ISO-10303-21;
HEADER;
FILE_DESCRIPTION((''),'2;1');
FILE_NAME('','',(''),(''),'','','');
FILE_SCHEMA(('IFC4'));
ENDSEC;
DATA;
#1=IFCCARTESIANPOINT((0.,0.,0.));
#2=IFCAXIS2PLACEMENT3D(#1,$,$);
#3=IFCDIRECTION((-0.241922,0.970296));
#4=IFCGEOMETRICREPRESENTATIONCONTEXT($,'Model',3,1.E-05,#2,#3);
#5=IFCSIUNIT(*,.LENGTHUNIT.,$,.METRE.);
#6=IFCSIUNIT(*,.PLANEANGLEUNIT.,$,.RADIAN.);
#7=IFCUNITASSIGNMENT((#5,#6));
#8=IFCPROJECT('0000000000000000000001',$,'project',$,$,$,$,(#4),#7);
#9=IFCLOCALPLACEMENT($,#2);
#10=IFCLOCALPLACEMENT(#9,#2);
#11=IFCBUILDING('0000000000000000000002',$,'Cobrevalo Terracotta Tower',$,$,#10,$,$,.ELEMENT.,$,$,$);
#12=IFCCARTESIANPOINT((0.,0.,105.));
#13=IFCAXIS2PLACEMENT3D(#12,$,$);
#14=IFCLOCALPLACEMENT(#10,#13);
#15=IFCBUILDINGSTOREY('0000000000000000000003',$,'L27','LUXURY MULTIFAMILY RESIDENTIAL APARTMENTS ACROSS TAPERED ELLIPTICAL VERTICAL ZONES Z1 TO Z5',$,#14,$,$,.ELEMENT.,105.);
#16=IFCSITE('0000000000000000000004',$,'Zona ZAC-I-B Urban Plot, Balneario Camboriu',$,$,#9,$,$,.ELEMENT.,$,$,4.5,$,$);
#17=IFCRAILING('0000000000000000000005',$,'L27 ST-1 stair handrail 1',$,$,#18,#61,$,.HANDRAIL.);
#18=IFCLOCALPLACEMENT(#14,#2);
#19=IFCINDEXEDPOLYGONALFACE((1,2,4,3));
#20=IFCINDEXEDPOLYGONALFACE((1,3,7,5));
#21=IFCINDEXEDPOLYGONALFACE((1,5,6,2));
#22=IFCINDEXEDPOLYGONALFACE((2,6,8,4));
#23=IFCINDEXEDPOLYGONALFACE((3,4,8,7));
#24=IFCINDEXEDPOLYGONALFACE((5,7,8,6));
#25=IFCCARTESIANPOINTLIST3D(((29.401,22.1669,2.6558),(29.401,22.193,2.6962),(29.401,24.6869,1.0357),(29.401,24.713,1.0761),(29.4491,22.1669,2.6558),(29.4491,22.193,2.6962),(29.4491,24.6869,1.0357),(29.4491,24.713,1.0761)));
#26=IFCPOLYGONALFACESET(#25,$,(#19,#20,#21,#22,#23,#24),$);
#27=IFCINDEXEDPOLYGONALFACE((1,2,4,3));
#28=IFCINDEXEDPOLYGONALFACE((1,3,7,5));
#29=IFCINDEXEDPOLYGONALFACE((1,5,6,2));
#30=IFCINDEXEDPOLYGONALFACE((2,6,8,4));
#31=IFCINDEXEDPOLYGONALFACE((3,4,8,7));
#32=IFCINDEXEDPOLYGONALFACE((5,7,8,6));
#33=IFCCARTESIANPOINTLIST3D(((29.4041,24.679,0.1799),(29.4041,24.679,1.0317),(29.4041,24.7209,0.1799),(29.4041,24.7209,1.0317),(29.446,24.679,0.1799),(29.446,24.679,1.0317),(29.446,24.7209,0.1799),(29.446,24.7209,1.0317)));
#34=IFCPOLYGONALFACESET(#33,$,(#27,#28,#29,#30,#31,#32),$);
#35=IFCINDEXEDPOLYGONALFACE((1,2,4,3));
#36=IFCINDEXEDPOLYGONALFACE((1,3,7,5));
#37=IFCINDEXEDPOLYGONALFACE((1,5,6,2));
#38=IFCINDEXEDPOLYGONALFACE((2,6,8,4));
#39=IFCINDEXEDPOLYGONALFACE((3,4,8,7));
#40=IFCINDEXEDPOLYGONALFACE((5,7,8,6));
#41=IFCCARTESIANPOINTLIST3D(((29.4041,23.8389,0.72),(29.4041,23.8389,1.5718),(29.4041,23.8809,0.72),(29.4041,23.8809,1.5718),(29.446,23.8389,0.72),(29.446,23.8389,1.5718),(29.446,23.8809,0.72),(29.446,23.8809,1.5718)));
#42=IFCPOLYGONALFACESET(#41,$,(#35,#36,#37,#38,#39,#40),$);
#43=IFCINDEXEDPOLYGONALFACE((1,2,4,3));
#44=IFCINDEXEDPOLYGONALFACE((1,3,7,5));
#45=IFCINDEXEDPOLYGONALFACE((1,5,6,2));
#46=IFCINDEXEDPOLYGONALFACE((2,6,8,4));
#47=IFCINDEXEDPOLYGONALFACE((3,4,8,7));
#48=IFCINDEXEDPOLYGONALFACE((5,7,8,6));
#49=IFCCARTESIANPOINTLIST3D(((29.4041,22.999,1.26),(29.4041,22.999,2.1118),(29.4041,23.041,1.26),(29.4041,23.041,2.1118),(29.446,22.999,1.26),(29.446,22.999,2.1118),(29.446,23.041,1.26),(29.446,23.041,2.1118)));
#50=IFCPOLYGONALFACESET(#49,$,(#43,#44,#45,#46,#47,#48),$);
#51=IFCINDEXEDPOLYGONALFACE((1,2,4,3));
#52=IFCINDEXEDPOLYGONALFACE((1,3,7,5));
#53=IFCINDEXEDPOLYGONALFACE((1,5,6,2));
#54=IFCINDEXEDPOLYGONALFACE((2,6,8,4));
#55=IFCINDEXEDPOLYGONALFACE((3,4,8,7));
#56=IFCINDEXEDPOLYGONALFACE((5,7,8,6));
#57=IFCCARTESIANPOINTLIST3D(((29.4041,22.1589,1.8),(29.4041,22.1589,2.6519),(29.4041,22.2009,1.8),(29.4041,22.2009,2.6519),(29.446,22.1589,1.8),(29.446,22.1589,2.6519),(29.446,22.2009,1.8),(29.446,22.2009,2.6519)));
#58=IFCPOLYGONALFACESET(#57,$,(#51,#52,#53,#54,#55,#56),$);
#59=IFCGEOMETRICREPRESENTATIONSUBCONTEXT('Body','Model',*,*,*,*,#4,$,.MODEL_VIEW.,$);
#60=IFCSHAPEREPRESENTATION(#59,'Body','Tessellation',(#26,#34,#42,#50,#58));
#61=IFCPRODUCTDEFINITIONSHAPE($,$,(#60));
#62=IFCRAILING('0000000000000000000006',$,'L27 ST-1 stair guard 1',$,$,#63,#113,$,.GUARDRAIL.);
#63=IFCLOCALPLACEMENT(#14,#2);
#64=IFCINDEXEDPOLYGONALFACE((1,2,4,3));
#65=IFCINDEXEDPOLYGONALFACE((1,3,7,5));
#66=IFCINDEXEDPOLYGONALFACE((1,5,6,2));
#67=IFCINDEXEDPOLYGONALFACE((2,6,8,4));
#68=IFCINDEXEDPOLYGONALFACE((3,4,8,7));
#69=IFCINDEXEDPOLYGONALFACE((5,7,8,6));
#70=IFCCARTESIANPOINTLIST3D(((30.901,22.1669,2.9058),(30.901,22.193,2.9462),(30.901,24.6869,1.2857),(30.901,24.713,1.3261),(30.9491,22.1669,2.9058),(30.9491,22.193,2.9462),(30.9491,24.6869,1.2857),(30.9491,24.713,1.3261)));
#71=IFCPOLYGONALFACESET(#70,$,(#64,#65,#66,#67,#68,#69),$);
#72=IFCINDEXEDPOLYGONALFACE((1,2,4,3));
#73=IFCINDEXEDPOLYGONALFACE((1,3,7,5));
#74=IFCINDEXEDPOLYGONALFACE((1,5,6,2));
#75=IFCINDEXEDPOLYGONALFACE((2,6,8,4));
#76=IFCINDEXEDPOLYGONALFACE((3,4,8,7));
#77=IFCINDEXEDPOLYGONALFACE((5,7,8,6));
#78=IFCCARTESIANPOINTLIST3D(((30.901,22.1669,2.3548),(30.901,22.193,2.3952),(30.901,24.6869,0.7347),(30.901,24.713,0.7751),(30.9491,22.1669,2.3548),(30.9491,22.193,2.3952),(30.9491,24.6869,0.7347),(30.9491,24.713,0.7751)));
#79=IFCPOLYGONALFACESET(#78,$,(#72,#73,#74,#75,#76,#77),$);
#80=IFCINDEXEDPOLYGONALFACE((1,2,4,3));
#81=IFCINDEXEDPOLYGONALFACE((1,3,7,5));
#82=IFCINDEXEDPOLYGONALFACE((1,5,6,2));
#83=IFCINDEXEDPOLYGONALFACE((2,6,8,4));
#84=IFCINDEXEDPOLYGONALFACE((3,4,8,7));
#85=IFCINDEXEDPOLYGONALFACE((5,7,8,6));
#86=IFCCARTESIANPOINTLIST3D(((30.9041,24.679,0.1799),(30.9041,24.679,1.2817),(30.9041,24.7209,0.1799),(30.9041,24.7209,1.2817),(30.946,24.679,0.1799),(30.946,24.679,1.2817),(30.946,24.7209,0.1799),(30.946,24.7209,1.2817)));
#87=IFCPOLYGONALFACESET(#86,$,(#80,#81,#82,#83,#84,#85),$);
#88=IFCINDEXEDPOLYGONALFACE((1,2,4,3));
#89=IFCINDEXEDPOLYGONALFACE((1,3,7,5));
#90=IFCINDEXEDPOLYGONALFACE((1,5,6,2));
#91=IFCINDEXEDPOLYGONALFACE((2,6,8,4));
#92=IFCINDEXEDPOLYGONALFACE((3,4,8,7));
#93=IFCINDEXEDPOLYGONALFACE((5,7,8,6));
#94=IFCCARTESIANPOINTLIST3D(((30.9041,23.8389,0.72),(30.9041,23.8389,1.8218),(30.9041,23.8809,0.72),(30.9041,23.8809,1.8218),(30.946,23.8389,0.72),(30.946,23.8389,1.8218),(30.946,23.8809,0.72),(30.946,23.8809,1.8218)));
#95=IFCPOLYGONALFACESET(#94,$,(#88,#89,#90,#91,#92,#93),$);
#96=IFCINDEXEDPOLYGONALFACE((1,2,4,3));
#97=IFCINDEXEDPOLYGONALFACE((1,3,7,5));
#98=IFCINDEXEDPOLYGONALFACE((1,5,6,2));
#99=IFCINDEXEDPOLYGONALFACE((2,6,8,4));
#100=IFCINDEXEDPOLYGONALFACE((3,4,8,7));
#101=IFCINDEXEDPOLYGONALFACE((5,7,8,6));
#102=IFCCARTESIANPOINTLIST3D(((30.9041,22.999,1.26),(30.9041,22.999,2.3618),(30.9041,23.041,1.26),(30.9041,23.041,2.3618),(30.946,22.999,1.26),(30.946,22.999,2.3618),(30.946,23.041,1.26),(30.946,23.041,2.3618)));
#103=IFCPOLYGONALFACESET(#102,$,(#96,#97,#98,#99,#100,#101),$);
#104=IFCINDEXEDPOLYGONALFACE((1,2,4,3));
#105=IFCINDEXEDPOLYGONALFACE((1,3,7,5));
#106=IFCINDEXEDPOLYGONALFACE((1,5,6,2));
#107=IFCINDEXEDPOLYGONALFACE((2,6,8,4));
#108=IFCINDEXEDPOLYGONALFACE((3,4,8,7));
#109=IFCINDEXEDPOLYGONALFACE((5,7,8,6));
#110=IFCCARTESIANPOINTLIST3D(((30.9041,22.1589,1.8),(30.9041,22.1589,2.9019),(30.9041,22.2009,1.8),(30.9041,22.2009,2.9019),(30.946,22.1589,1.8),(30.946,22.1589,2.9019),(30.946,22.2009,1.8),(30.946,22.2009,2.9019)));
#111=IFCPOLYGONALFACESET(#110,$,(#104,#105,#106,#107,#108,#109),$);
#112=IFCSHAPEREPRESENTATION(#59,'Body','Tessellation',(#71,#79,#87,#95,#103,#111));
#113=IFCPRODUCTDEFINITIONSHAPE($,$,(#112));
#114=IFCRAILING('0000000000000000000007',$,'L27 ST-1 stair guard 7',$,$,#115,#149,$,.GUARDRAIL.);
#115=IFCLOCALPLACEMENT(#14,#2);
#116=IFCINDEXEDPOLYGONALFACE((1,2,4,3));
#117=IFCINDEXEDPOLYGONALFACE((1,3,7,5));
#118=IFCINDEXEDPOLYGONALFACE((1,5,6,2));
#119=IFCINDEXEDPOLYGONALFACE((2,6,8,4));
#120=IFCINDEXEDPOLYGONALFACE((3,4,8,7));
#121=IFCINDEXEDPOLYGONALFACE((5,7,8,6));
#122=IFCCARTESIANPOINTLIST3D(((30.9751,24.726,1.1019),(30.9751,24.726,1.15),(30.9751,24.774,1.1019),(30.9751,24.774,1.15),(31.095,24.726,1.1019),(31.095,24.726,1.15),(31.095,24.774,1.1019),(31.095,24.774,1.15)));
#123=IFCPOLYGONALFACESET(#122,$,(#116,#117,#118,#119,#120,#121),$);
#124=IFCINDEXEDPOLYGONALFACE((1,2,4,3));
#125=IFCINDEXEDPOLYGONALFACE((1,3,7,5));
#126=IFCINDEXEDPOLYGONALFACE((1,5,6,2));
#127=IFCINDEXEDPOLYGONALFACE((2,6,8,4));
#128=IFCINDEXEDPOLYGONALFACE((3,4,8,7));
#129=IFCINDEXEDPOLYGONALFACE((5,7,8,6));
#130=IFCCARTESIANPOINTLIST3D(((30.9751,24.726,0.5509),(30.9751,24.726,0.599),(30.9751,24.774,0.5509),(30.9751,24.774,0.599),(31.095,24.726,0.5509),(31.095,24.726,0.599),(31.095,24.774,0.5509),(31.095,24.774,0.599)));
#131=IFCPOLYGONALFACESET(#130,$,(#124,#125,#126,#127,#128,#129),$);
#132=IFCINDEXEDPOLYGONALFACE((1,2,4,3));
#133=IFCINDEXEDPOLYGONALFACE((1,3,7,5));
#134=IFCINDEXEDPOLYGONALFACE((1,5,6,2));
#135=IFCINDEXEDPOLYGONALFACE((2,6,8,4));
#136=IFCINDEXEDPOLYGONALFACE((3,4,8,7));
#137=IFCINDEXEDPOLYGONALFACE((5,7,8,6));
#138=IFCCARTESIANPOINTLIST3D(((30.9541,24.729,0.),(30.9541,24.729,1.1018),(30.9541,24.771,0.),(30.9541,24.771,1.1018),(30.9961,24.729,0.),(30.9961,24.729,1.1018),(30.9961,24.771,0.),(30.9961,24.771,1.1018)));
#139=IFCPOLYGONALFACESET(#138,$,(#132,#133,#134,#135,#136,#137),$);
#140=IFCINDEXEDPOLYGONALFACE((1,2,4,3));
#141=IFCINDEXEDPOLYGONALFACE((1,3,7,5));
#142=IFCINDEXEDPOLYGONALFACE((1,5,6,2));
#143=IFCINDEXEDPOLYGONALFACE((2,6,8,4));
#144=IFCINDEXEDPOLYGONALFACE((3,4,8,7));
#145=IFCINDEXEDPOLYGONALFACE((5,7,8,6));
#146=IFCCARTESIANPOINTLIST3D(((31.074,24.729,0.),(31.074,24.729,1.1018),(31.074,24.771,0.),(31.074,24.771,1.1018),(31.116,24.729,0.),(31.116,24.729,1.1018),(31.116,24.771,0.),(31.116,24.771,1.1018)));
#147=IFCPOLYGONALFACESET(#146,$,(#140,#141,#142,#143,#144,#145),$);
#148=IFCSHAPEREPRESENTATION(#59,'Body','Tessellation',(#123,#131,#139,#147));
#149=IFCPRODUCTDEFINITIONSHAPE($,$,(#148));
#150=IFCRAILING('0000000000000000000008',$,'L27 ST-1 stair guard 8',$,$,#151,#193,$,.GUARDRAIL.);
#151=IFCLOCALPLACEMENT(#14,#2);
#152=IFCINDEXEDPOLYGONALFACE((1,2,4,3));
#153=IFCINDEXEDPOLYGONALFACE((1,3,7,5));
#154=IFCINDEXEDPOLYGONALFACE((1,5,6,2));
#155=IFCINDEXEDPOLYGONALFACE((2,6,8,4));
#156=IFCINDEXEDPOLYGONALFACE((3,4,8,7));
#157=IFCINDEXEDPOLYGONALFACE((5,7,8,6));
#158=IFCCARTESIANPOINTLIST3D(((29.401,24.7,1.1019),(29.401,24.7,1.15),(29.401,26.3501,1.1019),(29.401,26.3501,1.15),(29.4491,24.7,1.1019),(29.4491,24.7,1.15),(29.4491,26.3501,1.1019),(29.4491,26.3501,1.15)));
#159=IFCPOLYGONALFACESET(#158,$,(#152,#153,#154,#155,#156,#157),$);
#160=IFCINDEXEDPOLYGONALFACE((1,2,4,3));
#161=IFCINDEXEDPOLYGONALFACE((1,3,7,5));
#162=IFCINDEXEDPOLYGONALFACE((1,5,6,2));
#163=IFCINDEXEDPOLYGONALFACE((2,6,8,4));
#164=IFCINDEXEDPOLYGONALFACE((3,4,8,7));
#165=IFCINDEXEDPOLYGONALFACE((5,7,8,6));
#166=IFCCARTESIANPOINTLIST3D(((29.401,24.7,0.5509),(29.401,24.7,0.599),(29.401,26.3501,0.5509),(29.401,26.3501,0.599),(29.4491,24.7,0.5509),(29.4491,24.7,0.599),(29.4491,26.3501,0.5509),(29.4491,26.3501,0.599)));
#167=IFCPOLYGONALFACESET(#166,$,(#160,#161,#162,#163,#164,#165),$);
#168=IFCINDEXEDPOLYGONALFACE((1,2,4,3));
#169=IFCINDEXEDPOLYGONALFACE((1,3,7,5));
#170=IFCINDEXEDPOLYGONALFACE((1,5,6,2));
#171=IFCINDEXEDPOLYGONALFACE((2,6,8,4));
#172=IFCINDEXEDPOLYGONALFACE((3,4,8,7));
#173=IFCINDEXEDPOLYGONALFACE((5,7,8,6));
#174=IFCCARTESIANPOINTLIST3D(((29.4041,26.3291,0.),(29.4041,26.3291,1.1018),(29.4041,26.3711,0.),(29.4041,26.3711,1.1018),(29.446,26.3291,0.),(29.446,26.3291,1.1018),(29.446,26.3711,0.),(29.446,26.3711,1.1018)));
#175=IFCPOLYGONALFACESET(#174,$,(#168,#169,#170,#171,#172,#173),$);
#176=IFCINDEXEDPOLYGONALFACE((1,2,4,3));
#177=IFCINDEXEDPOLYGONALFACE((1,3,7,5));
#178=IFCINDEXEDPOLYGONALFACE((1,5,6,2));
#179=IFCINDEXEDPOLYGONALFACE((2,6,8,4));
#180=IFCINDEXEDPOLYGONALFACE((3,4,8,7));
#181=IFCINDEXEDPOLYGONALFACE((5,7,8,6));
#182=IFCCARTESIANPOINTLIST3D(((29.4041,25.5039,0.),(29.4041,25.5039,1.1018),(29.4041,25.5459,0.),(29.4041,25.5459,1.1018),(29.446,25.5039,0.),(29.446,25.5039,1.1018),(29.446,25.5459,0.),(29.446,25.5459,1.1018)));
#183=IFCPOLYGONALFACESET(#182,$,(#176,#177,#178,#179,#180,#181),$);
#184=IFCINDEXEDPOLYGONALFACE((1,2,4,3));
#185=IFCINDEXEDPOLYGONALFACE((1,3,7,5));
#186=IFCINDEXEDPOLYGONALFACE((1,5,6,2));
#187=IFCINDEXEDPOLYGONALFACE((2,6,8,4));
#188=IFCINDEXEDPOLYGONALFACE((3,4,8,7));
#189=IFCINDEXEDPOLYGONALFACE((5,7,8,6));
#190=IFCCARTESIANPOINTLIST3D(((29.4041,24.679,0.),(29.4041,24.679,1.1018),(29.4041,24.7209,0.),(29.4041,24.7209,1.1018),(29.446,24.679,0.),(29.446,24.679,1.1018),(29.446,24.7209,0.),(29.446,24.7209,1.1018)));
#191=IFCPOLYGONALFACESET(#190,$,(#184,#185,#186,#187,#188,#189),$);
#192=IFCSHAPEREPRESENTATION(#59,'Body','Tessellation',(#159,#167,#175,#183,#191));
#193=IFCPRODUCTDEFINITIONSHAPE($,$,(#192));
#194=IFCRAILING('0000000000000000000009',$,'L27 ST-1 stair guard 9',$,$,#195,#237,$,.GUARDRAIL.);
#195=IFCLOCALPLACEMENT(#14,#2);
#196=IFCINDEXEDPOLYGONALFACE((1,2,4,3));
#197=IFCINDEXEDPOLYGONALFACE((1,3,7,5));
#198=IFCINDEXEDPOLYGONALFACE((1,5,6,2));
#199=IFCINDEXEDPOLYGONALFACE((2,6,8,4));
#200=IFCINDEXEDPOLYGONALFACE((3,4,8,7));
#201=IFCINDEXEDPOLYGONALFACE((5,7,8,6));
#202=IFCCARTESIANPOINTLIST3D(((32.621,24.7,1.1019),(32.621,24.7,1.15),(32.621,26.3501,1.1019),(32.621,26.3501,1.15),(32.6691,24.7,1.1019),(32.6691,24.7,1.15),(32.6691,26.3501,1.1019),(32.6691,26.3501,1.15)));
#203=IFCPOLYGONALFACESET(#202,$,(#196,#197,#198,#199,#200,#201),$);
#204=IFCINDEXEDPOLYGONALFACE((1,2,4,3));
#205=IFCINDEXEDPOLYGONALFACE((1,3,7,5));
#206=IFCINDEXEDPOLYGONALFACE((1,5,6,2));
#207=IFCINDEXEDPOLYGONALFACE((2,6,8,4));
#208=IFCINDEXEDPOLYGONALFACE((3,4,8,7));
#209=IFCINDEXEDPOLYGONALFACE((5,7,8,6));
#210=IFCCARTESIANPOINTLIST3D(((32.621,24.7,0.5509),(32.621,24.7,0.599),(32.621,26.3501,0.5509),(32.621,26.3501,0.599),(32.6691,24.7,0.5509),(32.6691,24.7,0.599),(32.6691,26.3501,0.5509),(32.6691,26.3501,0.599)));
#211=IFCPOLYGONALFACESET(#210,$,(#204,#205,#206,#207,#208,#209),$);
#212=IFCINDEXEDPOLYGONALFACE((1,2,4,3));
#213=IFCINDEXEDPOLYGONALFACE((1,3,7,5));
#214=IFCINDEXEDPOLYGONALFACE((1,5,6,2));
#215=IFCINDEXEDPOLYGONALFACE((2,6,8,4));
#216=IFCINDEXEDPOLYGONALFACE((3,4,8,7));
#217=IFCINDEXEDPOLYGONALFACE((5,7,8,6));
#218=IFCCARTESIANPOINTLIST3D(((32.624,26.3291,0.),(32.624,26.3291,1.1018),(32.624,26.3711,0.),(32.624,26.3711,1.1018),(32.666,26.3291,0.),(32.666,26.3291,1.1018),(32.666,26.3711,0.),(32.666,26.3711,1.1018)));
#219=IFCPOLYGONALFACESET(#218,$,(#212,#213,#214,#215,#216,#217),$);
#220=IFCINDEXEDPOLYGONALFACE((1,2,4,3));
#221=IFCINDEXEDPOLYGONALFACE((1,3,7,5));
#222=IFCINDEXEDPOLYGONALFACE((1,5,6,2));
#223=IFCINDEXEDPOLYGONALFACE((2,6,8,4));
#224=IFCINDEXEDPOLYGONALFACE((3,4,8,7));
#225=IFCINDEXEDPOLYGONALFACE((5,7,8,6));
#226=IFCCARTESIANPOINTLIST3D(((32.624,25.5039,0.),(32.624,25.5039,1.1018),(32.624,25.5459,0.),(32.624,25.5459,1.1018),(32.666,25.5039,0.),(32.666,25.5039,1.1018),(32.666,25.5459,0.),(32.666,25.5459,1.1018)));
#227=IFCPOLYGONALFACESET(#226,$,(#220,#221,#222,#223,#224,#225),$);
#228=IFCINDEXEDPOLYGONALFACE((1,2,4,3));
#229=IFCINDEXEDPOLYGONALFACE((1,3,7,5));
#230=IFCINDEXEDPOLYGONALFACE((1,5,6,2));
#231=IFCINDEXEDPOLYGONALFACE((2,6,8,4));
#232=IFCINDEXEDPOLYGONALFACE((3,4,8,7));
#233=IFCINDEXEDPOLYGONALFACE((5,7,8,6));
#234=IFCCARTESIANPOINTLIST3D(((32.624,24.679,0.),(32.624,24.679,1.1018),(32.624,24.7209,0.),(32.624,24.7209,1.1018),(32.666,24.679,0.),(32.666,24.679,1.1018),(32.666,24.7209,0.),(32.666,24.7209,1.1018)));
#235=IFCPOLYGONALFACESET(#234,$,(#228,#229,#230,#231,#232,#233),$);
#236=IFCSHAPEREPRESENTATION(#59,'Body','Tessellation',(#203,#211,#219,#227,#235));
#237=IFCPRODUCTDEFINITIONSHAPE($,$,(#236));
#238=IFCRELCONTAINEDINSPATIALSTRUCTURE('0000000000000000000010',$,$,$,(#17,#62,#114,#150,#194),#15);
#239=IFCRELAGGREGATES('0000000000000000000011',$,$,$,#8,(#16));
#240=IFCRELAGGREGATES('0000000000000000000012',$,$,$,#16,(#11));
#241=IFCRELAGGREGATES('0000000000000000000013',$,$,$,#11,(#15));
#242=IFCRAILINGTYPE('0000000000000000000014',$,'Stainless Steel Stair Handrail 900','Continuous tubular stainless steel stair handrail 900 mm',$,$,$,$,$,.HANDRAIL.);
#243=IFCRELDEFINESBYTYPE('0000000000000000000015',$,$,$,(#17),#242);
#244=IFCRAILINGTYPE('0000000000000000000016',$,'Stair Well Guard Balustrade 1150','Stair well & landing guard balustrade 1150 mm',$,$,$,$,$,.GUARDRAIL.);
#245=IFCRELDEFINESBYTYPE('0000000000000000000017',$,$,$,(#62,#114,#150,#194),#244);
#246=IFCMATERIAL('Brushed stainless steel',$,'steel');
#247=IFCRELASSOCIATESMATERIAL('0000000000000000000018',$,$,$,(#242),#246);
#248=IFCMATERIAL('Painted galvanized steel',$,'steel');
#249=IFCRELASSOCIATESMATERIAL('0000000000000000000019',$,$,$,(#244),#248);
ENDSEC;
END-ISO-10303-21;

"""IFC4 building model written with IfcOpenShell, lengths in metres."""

from ifc_helpers import new_model, si_unit, direction, frame, origin, origin_2d, place, context, subcontext, project, spatial, rectangle, extrude, material, type_object, element, save


model = new_model("IFC4")

# Units and contexts
model_context = context("Model", 3, precision=1e-05, world=origin(), true_north=direction((-0.241922, 0.970296)))
body_context = subcontext(model_context, "Body", "Model", "MODEL_VIEW")
ifc_project = project(units=[si_unit("LENGTHUNIT", "METRE"), si_unit("PLANEANGLEUNIT", "RADIAN")], contexts=[model_context])

# Site, building, storey
site_placement = place(None, origin())
site = spatial("IfcSite", under=ifc_project, at=site_placement, Name="Zona ZAC-I-B Urban Plot, Balneario Camboriu", CompositionType="ELEMENT", RefElevation=4.5)
building_placement = place(site_placement, origin())
building = spatial("IfcBuilding", under=site, at=building_placement, Name="Cobrevalo Terracotta Tower", CompositionType="ELEMENT")
storey_placement = place(building_placement, frame((0.0, 0.0, 105.0)))
storey = spatial("IfcBuildingStorey", under=building, at=storey_placement, Name="L27", Description="LUXURY MULTIFAMILY RESIDENTIAL APARTMENTS ACROSS TAPERED ELLIPTICAL VERTICAL ZONES Z1 TO Z5", CompositionType="ELEMENT", Elevation=105.0)

# Shared definitions
ifc_material_1 = material(Name="Brushed stainless steel", Category="steel")

# Railings
railing_type_1 = type_object("IfcRailingType", Name="Stainless Steel Stair Handrail 900", Description="Continuous tubular stainless steel stair handrail 900 mm", PredefinedType="HANDRAIL", material=ifc_material_1)
railing_1_placement = place(storey_placement, frame((29.425, 24.7, 0.1799)))
element("IfcRailing", 1, at=railing_1_placement, inside=storey, type_object=railing_type_1, Name="L27 ST-1 stair handrail 1", PredefinedType="HANDRAIL", context=body_context, shape_type="SweptSolid", body=[
    extrude(rectangle(XDim=0.0481, YDim=0.0481, at=origin_2d()), frame((0.0, 0.0, 0.876), z_axis=(0.0, -0.841163, 0.540782), x_axis=(1.0, 0.0, 0.0)), (0.0, 0.0, 1.0), 2.9958),
    extrude(rectangle(XDim=0.042, YDim=0.042, at=origin_2d()), origin(), (0.0, 0.0, 1.0), 0.8518),
    extrude(rectangle(XDim=0.042, YDim=0.042, at=origin_2d()), frame((0.0, -0.8401, 0.54)), (0.0, 0.0, 1.0), 0.8518),
    extrude(rectangle(XDim=0.042, YDim=0.042, at=origin_2d()), frame((0.0, -1.6799, 1.0801)), (0.0, 0.0, 1.0), 0.8518),
    extrude(rectangle(XDim=0.042, YDim=0.042, at=origin_2d()), frame((0.0, -2.52, 1.6201)), (0.0, 0.0, 1.0), 0.8518),
])
ifc_material_2 = material(Name="Painted galvanized steel", Category="steel")
railing_type_2 = type_object("IfcRailingType", Name="Stair Well Guard Balustrade 1150", Description="Stair well & landing guard balustrade 1150 mm", PredefinedType="GUARDRAIL", material=ifc_material_2)
railing_2_placement = place(storey_placement, frame((30.925, 24.7, 0.1799)))
element("IfcRailing", 2, at=railing_2_placement, inside=storey, type_object=railing_type_2, Name="L27 ST-1 stair guard 1", PredefinedType="GUARDRAIL", context=body_context, shape_type="SweptSolid", body=[
    extrude(rectangle(XDim=0.0481, YDim=0.0481, at=origin_2d()), frame((0.0, 0.0, 1.126), z_axis=(0.0, -0.841163, 0.540782), x_axis=(1.0, 0.0, 0.0)), (0.0, 0.0, 1.0), 2.9958),
    extrude(rectangle(XDim=0.0481, YDim=0.0481, at=origin_2d()), frame((0.0, 0.0, 0.575), z_axis=(0.0, -0.841163, 0.540782), x_axis=(1.0, 0.0, 0.0)), (0.0, 0.0, 1.0), 2.9958),
    extrude(rectangle(XDim=0.042, YDim=0.042, at=origin_2d()), origin(), (0.0, 0.0, 1.0), 1.1018),
    extrude(rectangle(XDim=0.042, YDim=0.042, at=origin_2d()), frame((0.0, -0.8401, 0.54)), (0.0, 0.0, 1.0), 1.1018),
    extrude(rectangle(XDim=0.042, YDim=0.042, at=origin_2d()), frame((0.0, -1.6799, 1.0801)), (0.0, 0.0, 1.0), 1.1018),
    extrude(rectangle(XDim=0.042, YDim=0.042, at=origin_2d()), frame((0.0, -2.52, 1.6201)), (0.0, 0.0, 1.0), 1.1018),
])
railing_3_placement = place(storey_placement, frame((30.9751, 24.75, 0.0)))
element("IfcRailing", 3, at=railing_3_placement, inside=storey, type_object=railing_type_2, Name="L27 ST-1 stair guard 7", PredefinedType="GUARDRAIL", context=body_context, shape_type="SweptSolid", body=[
    extrude(rectangle(XDim=0.0481, YDim=0.0481, at=origin_2d()), frame((0.0, 0.0, 1.126), z_axis=(1.0, 0.0, 0.0), x_axis=(0.0, 1.0, 0.0)), (0.0, 0.0, 1.0), 0.1199),
    extrude(rectangle(XDim=0.0481, YDim=0.0481, at=origin_2d()), frame((0.0, 0.0, 0.575), z_axis=(1.0, 0.0, 0.0), x_axis=(0.0, 1.0, 0.0)), (0.0, 0.0, 1.0), 0.1199),
    extrude(rectangle(XDim=0.042, YDim=0.042, at=origin_2d()), origin(), (0.0, 0.0, 1.0), 1.1018),
    extrude(rectangle(XDim=0.042, YDim=0.042, at=origin_2d()), frame((0.1199, 0.0, 0.0)), (0.0, 0.0, 1.0), 1.1018),
])
for number, where, name in (
    (4, (29.425, 26.3501, 0.0), "L27 ST-1 stair guard 8"),
    (5, (32.645, 26.3501, 0.0), "L27 ST-1 stair guard 9"),
):
    element("IfcRailing", number, at=place(storey_placement, frame(where)), inside=storey, type_object=railing_type_2, Name=name, PredefinedType="GUARDRAIL", context=body_context, shape_type="SweptSolid", body=[
        extrude(rectangle(XDim=0.0481, YDim=0.0481, at=origin_2d()), frame((0.0, 0.0, 1.126), z_axis=(0.0, -1.0, 0.0), x_axis=(1.0, 0.0, 0.0)), (0.0, 0.0, 1.0), 1.6501),
        extrude(rectangle(XDim=0.0481, YDim=0.0481, at=origin_2d()), frame((0.0, 0.0, 0.575), z_axis=(0.0, -1.0, 0.0), x_axis=(1.0, 0.0, 0.0)), (0.0, 0.0, 1.0), 1.6501),
        extrude(rectangle(XDim=0.042, YDim=0.042, at=origin_2d()), origin(), (0.0, 0.0, 1.0), 1.1018),
        extrude(rectangle(XDim=0.042, YDim=0.042, at=origin_2d()), frame((0.0, -0.8252, 0.0)), (0.0, 0.0, 1.0), 1.1018),
        extrude(rectangle(XDim=0.042, YDim=0.042, at=origin_2d()), frame((0.0, -1.6501, 0.0)), (0.0, 0.0, 1.0), 1.1018),
    ])

save(model, "model.ifc")
